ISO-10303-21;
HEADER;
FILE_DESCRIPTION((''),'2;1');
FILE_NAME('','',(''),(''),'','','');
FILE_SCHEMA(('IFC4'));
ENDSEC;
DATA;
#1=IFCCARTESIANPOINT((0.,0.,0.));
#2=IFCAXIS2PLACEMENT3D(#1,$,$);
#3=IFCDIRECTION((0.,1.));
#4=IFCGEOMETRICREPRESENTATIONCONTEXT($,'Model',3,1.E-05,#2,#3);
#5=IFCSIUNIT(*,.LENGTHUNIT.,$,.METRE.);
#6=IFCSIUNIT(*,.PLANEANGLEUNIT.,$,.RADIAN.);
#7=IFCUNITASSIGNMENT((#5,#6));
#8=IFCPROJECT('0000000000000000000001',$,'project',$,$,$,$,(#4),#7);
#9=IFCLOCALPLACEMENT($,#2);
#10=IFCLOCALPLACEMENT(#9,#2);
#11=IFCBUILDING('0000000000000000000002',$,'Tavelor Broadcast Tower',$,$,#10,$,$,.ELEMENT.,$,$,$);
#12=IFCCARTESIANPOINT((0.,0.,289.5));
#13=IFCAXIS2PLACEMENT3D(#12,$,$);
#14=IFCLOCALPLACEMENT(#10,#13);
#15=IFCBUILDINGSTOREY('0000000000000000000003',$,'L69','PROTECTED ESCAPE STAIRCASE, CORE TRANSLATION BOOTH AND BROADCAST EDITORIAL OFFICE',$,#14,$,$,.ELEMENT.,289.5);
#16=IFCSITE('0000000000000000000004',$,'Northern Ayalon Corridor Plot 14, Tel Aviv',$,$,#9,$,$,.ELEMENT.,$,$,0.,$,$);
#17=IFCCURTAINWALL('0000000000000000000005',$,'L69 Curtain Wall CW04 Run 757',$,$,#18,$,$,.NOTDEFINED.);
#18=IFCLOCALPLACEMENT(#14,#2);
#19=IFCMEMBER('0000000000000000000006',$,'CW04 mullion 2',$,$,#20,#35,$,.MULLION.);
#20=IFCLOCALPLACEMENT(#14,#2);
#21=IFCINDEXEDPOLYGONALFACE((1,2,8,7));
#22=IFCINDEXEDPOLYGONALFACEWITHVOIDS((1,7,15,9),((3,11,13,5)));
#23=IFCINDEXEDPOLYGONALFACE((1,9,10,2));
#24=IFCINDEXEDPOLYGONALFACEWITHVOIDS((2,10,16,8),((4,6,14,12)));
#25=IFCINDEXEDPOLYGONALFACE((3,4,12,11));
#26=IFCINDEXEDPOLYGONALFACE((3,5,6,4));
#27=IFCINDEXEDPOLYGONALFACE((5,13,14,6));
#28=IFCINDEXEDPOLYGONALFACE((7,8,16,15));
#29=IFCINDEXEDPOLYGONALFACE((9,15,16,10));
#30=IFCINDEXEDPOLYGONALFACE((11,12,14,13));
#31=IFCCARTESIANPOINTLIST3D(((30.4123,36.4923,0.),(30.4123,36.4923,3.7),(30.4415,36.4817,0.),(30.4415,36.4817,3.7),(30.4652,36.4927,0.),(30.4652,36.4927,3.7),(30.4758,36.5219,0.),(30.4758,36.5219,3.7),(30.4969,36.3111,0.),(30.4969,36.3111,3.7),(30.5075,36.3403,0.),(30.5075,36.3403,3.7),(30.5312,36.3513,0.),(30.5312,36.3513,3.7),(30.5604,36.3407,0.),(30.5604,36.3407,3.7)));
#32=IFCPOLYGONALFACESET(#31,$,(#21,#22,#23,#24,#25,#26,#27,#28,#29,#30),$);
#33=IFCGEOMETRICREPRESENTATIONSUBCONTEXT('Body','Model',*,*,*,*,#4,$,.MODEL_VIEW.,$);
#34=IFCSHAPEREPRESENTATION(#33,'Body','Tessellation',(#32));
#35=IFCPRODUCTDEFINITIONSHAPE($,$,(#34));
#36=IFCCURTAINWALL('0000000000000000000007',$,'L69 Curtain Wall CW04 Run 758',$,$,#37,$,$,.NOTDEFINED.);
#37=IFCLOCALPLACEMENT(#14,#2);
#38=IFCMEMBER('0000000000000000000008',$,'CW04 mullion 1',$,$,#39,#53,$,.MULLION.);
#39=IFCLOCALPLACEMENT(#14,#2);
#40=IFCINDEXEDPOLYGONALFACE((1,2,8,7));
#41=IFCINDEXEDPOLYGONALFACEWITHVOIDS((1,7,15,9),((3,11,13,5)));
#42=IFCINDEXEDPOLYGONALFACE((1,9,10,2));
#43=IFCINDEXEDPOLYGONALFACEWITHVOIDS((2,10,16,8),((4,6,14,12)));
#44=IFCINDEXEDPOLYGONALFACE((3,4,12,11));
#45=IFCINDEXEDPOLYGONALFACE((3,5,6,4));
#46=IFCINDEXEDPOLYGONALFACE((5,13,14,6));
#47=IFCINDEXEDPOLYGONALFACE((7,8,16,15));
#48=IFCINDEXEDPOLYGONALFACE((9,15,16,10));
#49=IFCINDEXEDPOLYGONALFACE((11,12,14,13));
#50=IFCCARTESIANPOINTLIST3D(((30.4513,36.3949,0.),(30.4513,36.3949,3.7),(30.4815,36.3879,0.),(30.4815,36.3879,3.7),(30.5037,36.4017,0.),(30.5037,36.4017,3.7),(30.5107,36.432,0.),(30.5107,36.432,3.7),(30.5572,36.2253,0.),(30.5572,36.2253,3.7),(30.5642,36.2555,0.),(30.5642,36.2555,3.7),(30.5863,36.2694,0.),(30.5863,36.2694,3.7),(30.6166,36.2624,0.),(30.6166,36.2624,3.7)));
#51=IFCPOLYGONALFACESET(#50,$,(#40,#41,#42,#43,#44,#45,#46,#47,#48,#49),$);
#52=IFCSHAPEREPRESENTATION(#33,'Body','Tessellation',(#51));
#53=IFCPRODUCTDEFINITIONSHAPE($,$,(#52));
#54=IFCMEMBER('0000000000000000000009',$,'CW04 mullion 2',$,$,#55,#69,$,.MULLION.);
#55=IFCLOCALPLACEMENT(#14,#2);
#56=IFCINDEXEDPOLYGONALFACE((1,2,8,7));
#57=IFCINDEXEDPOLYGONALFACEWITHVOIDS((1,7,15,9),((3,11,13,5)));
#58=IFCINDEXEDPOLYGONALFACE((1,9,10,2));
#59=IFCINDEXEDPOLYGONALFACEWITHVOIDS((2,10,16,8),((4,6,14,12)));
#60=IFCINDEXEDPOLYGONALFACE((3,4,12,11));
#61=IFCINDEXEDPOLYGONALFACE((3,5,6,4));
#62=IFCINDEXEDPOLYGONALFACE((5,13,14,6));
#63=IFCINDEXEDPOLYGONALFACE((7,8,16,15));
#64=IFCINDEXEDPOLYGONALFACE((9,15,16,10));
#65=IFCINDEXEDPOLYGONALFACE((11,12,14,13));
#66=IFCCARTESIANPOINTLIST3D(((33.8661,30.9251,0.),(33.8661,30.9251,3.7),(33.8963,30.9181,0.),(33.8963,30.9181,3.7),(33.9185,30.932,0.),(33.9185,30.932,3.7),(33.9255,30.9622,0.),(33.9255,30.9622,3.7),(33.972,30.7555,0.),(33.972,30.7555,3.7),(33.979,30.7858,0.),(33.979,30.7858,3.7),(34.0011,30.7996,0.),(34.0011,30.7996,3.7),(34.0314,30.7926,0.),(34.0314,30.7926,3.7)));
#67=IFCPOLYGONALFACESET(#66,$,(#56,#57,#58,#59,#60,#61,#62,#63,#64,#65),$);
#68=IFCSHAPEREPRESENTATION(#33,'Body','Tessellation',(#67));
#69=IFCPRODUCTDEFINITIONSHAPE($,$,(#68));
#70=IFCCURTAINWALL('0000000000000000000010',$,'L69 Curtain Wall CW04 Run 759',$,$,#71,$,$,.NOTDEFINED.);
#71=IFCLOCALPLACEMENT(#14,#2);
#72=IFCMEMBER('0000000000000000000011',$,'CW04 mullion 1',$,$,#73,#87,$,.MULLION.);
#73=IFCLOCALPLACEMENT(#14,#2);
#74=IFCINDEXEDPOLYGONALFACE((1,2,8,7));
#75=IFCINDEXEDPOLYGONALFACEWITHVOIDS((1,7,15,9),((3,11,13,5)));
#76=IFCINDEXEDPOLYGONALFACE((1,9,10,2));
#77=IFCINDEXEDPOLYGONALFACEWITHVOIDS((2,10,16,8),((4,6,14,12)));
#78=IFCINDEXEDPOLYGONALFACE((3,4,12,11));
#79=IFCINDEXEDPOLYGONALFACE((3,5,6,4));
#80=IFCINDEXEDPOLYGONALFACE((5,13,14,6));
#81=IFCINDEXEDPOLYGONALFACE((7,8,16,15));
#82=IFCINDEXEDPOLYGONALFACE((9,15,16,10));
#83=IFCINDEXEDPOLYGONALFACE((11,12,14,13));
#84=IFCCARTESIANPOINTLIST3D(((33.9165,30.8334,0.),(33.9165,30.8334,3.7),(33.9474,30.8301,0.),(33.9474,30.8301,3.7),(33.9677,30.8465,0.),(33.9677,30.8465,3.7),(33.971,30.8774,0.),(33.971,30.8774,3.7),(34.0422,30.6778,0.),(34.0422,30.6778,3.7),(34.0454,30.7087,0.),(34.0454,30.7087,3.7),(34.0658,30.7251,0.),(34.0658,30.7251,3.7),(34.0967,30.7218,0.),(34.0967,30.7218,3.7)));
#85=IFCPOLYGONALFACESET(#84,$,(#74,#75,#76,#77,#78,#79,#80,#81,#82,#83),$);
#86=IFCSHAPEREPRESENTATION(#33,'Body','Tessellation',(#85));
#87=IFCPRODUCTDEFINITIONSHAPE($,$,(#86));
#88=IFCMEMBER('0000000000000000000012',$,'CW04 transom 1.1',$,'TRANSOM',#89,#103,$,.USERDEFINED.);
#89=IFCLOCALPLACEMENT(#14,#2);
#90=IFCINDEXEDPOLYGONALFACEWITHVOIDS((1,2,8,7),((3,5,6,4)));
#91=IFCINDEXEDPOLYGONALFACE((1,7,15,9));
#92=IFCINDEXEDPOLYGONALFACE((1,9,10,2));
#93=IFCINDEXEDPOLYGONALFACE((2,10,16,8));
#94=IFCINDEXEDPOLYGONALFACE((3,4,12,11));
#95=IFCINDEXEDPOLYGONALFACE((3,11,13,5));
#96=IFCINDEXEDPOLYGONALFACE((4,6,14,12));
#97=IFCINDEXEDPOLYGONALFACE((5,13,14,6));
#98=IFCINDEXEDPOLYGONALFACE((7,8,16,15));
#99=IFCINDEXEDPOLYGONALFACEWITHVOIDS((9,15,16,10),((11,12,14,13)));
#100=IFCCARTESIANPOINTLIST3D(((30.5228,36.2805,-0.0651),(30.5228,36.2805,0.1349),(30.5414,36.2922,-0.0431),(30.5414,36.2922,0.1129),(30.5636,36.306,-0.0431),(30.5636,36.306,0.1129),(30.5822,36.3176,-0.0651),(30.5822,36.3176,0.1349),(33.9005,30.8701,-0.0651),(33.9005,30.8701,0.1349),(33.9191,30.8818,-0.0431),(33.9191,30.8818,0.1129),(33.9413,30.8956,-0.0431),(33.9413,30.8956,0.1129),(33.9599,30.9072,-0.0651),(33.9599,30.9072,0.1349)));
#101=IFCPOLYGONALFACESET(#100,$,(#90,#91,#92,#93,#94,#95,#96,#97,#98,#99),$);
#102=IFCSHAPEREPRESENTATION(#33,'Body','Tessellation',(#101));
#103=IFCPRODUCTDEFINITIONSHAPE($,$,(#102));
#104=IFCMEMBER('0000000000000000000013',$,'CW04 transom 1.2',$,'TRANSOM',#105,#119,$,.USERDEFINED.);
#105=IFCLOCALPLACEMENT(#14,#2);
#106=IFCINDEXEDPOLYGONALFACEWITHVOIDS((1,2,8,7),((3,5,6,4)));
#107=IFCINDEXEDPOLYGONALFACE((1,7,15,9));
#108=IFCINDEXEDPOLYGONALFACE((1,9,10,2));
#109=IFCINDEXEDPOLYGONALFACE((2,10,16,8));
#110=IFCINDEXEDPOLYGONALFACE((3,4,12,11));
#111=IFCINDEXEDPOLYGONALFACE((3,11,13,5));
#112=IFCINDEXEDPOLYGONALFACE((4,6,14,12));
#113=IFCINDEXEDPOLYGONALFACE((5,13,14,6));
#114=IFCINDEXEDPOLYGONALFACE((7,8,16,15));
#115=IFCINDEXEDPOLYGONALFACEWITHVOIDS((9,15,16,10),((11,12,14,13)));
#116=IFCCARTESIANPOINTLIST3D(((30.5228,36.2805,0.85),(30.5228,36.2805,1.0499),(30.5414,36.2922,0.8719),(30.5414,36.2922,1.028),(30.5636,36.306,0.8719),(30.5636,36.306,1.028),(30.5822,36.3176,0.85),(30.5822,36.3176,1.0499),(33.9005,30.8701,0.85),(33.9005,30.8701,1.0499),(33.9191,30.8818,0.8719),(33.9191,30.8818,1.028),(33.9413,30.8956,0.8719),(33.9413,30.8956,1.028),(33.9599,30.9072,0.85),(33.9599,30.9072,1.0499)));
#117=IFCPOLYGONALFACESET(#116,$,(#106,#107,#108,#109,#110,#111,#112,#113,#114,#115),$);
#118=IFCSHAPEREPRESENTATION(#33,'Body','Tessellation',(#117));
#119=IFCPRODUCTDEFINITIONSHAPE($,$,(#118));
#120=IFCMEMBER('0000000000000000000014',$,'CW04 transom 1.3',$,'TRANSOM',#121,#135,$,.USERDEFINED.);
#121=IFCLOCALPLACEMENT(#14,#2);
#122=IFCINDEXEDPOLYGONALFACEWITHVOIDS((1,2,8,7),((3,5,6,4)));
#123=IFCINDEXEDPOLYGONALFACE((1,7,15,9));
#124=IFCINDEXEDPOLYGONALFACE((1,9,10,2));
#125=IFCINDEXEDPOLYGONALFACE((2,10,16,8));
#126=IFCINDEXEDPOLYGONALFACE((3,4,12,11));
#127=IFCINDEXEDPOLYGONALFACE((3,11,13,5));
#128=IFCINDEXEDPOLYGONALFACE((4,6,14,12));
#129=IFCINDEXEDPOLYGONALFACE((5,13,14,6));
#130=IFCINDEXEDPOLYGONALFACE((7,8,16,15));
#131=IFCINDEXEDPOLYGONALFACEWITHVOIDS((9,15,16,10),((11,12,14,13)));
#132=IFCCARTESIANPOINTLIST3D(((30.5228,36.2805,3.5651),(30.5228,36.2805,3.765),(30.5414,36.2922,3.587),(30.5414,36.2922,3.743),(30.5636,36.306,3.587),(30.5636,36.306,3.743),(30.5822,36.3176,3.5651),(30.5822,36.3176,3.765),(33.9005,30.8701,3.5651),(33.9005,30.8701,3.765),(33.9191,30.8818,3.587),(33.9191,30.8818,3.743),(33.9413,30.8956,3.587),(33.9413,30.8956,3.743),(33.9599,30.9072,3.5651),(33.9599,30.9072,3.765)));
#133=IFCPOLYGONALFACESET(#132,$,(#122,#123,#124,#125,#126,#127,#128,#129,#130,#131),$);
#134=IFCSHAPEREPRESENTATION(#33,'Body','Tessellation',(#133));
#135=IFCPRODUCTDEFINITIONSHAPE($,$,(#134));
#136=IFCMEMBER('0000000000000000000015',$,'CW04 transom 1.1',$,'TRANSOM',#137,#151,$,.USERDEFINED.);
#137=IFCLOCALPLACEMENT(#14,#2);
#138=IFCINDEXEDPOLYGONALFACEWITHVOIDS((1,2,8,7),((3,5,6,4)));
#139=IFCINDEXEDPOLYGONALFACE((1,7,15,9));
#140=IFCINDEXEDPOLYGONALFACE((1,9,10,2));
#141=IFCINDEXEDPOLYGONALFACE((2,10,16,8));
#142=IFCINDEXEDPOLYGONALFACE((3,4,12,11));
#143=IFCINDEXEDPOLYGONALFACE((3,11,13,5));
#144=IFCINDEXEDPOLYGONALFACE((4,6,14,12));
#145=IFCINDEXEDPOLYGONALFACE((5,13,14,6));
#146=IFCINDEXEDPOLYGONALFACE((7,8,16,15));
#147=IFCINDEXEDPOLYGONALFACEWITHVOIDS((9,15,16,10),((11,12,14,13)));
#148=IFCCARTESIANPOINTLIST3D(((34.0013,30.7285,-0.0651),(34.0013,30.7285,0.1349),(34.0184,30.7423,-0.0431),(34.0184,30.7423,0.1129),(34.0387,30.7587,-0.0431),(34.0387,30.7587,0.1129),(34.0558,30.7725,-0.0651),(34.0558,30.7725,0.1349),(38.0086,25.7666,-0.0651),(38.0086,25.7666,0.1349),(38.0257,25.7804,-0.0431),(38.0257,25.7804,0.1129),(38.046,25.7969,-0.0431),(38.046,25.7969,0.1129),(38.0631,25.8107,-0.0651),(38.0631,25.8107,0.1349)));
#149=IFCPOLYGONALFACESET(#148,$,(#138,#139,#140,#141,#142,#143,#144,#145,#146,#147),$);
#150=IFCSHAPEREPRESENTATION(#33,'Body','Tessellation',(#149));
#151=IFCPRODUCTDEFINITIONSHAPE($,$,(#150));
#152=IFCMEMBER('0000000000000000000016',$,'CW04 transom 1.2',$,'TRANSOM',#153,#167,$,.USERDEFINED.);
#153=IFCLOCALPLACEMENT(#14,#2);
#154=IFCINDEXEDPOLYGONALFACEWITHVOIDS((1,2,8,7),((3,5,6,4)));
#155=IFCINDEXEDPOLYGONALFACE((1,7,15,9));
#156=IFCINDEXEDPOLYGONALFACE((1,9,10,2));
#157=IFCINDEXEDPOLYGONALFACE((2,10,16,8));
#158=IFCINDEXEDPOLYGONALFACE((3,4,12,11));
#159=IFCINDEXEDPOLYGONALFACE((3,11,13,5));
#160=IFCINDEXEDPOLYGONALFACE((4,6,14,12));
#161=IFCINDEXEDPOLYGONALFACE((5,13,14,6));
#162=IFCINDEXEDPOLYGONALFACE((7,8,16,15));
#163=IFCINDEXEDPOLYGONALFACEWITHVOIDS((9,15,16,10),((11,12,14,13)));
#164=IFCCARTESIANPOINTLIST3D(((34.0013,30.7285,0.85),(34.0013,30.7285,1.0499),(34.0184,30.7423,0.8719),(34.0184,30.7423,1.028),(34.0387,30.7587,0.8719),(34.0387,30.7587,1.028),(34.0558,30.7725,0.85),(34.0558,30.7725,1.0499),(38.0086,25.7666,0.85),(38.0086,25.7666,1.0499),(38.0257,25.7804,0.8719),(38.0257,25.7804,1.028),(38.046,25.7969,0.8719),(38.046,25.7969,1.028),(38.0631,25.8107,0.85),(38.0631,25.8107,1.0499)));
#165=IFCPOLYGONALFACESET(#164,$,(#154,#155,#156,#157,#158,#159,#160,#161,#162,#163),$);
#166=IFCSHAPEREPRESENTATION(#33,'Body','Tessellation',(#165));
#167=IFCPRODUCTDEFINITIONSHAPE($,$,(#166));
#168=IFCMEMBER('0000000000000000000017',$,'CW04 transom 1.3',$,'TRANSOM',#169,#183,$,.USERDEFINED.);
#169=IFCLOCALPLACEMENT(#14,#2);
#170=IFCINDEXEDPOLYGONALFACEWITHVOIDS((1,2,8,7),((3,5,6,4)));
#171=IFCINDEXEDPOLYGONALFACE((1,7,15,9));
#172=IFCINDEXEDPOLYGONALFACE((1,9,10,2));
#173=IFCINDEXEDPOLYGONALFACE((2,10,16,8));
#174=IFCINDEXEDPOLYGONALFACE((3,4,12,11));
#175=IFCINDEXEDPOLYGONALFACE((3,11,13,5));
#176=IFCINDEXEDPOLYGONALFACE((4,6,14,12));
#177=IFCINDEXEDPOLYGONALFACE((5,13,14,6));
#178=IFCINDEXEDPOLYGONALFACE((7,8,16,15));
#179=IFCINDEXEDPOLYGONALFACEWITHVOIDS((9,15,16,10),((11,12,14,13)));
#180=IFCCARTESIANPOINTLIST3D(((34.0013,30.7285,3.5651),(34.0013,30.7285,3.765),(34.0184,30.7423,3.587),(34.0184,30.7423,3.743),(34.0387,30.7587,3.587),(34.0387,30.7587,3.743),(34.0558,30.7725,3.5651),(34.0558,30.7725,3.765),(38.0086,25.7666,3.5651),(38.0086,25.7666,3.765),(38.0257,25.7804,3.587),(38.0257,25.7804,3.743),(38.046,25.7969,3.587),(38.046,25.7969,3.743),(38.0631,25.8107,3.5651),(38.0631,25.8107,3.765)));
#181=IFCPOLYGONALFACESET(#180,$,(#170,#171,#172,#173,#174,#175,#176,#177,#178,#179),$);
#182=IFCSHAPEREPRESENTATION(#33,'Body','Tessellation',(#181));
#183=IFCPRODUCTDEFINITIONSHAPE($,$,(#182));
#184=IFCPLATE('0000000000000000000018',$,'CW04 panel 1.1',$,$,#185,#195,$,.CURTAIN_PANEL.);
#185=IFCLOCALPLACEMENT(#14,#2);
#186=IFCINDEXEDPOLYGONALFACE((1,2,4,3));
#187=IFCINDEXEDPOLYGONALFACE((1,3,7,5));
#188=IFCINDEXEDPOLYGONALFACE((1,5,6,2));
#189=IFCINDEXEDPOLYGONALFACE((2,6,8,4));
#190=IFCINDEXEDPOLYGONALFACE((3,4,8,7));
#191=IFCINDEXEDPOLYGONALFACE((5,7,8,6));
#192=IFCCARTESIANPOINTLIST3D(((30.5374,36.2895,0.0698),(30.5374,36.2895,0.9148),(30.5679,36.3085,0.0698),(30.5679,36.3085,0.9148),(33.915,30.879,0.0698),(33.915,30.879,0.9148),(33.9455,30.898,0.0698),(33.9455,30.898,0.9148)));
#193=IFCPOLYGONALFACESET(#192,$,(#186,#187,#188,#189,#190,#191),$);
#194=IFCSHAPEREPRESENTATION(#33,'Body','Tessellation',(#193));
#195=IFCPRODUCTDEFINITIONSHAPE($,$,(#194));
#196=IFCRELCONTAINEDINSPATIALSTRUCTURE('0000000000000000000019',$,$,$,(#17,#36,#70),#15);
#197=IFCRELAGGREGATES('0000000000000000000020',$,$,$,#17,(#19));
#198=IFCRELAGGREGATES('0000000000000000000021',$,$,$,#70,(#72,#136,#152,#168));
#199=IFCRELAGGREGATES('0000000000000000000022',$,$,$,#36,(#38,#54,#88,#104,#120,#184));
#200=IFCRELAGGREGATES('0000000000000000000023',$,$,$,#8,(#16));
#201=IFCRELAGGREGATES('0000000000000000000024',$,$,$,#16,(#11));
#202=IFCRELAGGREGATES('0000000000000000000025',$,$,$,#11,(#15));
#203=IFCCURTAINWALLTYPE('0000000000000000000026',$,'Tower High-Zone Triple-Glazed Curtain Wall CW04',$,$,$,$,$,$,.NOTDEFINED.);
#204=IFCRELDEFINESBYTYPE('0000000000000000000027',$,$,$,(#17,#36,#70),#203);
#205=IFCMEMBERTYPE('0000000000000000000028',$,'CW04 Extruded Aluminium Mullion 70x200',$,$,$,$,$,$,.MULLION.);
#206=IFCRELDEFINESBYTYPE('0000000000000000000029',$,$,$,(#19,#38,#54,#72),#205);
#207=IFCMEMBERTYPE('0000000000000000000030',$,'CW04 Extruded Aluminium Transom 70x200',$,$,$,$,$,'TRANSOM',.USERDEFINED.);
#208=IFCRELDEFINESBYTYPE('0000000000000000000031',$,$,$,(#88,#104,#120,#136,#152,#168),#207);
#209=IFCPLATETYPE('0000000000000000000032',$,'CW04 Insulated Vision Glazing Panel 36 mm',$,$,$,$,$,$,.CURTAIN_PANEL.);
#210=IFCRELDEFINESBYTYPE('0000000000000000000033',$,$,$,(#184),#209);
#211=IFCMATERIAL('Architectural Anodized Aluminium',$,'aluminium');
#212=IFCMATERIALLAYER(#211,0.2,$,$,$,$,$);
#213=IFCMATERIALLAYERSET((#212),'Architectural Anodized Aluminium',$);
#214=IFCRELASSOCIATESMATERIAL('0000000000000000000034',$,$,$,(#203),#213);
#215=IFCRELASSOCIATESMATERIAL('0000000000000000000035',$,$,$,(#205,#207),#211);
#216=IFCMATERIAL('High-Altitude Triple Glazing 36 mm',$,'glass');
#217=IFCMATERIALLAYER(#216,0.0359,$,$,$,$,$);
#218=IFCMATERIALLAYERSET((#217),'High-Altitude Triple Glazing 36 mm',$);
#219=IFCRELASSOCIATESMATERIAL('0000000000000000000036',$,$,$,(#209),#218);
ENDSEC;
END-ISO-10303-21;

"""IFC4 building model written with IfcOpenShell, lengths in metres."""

from ifc_helpers import new_model, si_unit, direction, frame, origin, origin_2d, place, context, subcontext, project, spatial, rectangle, hollow_rectangle, extrude, source, transform, mapped, material, layer, layer_set, material_profile, profile_set, type_object, type_shapes, element, aggregate, save


model = new_model("IFC4")

# Units and contexts
model_context = context("Model", 3, precision=1e-05, world=origin(), true_north=direction((0.0, 1.0)))
body_context = subcontext(model_context, "Body", "Model", "MODEL_VIEW")
ifc_project = project(units=[si_unit("LENGTHUNIT", "METRE"), si_unit("PLANEANGLEUNIT", "RADIAN")], contexts=[model_context])

# Site, building, storey
site_placement = place(None, origin())
site = spatial("IfcSite", under=ifc_project, at=site_placement, Name="Northern Ayalon Corridor Plot 14, Tel Aviv", CompositionType="ELEMENT", RefElevation=0.0)
building_placement = place(site_placement, origin())
building = spatial("IfcBuilding", under=site, at=building_placement, Name="Tavelor Broadcast Tower", CompositionType="ELEMENT")
storey_placement = place(building_placement, frame((0.0, 0.0, 289.5)))
storey = spatial("IfcBuildingStorey", under=building, at=storey_placement, Name="L69", Description="PROTECTED ESCAPE STAIRCASE, CORE TRANSLATION BOOTH AND BROADCAST EDITORIAL OFFICE", CompositionType="ELEMENT", Elevation=289.5)

# Curtain wall, member
ifc_material_1 = material(Name="Architectural Anodized Aluminium", Category="aluminium")
ifc_layer_1 = layer(ifc_material_1, 0.2)
ifc_layer_set_1 = layer_set([ifc_layer_1], Name="Architectural Anodized Aluminium")
curtain_wall_type = type_object("IfcCurtainWallType", Name="Tower High-Zone Triple-Glazed Curtain Wall CW04", PredefinedType="NOTDEFINED", material=ifc_layer_set_1)
curtain_wall_1_placement = place(storey_placement, origin())
curtain_wall_1 = element("IfcCurtainWall", 1, at=curtain_wall_1_placement, inside=storey, type_object=curtain_wall_type, Name="L69 Curtain Wall CW04 Run 757", PredefinedType="NOTDEFINED")
ifc_material_profile_1 = material_profile(ifc_material_1, hollow_rectangle(XDim=0.0701, YDim=0.2, WallThickness=0.022, at=origin_2d()), Name="RHS 70x200x22")
ifc_profile_set_1 = profile_set([ifc_material_profile_1], Name="Architectural Anodized Aluminium")
member_type_1 = type_object("IfcMemberType", Name="CW04 Extruded Aluminium Mullion 70x200", PredefinedType="MULLION", material=ifc_profile_set_1)
shared_shape_1 = source(origin(), body_context, "Body", "SweptSolid", [
    extrude(hollow_rectangle(XDim=0.0701, YDim=0.2, WallThickness=0.022, at=origin_2d()), origin(), (0.0, 0.0, 1.0), 3.7),
])
type_shapes(member_type_1, [shared_shape_1])
member_1_placement = place(storey_placement, frame((30.4863, 36.4165, 0.0), z_axis=(0.0, 0.0, 1.0), x_axis=(0.906129, 0.423002, 0.0)))
member_1 = element("IfcMember", 2, at=member_1_placement, type_object=member_type_1, Name="CW04 mullion 2", PredefinedType="MULLION", context=body_context, shape_type="MappedRepresentation", body=[
    mapped(shared_shape_1, transform((0.0, 0.0, 0.0), scale=1.0)),
])
aggregate(curtain_wall_1, [member_1])

# Curtain wall, members
curtain_wall_2_placement = place(storey_placement, origin())
curtain_wall_2 = element("IfcCurtainWall", 3, at=curtain_wall_2_placement, inside=storey, type_object=curtain_wall_type, Name="L69 Curtain Wall CW04 Run 758", PredefinedType="NOTDEFINED")
member_2_placement = place(storey_placement, frame((30.5339, 36.3286, 0.0), z_axis=(0.0, 0.0, 1.0), x_axis=(0.848273, 0.529559, 0.0)))
member_2 = element("IfcMember", 4, at=member_2_placement, type_object=member_type_1, Name="CW04 mullion 1", PredefinedType="MULLION", context=body_context, shape_type="MappedRepresentation", body=[
    mapped(shared_shape_1, transform((0.0, 0.0, 0.0), scale=1.0)),
])
member_3_placement = place(storey_placement, frame((33.9487, 30.8589, 0.0), z_axis=(0.0, 0.0, 1.0), x_axis=(0.848273, 0.529559, 0.0)))
member_3 = element("IfcMember", 5, at=member_3_placement, type_object=member_type_1, Name="CW04 mullion 2", PredefinedType="MULLION", context=body_context, shape_type="MappedRepresentation", body=[
    mapped(shared_shape_1, transform((0.0, 0.0, 0.0), scale=1.0)),
])

# Curtain wall, member
curtain_wall_3_placement = place(storey_placement, origin())
curtain_wall_3 = element("IfcCurtainWall", 6, at=curtain_wall_3_placement, inside=storey, type_object=curtain_wall_type, Name="L69 Curtain Wall CW04 Run 759", PredefinedType="NOTDEFINED")
member_4_placement = place(storey_placement, frame((34.0066, 30.7776, 0.0), z_axis=(0.0, 0.0, 1.0), x_axis=(0.777973, 0.628297, 0.0)))
member_4 = element("IfcMember", 7, at=member_4_placement, type_object=member_type_1, Name="CW04 mullion 1", PredefinedType="MULLION", context=body_context, shape_type="MappedRepresentation", body=[
    mapped(shared_shape_1, transform((0.0, 0.0, 0.0), scale=1.0)),
])

# Members
ifc_material_profile_2 = material_profile(ifc_material_1, hollow_rectangle(XDim=0.0701, YDim=0.2, WallThickness=0.022, at=origin_2d()), Name="RHS 70x200x22")
ifc_profile_set_2 = profile_set([ifc_material_profile_2], Name="Architectural Anodized Aluminium")
member_type_2 = type_object("IfcMemberType", Name="CW04 Extruded Aluminium Transom 70x200", ElementType="TRANSOM", PredefinedType="USERDEFINED", material=ifc_profile_set_2)
shared_shape_2 = source(origin(), body_context, "Body", "SweptSolid", [
    extrude(hollow_rectangle(XDim=0.0701, YDim=0.2, WallThickness=0.022, at=origin_2d()), origin(), (0.0, 0.0, 1.0), 6.3782),
])
member_5_placement = place(storey_placement, frame((30.5525, 36.2991, 0.0349), z_axis=(0.529569, -0.848267, 0.0), x_axis=(0.848267, 0.529569, 0.0)))
member_5 = element("IfcMember", 8, at=member_5_placement, type_object=member_type_2, Name="CW04 transom 1.1", ObjectType="TRANSOM", PredefinedType="USERDEFINED", context=body_context, shape_type="MappedRepresentation", body=[
    mapped(shared_shape_2, transform((0.0, 0.0, 0.0), scale=1.0)),
])
member_6_placement = place(storey_placement, frame((30.5525, 36.2991, 0.95), z_axis=(0.529569, -0.848267, 0.0), x_axis=(0.848267, 0.529569, 0.0)))
member_6 = element("IfcMember", 9, at=member_6_placement, type_object=member_type_2, Name="CW04 transom 1.2", ObjectType="TRANSOM", PredefinedType="USERDEFINED", context=body_context, shape_type="MappedRepresentation", body=[
    mapped(shared_shape_2, transform((0.0, 0.0, 0.0), scale=1.0)),
])
member_7_placement = place(storey_placement, frame((30.5525, 36.2991, 3.665), z_axis=(0.529569, -0.848267, 0.0), x_axis=(0.848267, 0.529569, 0.0)))
member_7 = element("IfcMember", 10, at=member_7_placement, type_object=member_type_2, Name="CW04 transom 1.3", ObjectType="TRANSOM", PredefinedType="USERDEFINED", context=body_context, shape_type="MappedRepresentation", body=[
    mapped(shared_shape_2, transform((0.0, 0.0, 0.0), scale=1.0)),
])
shared_shape_3 = source(origin(), body_context, "Body", "SweptSolid", [
    extrude(hollow_rectangle(XDim=0.0701, YDim=0.2, WallThickness=0.022, at=origin_2d()), origin(), (0.0, 0.0, 1.0), 6.3779),
])
type_shapes(member_type_2, [shared_shape_2, shared_shape_3])
member_8_placement = place(storey_placement, frame((34.0286, 30.7505, 0.0349), z_axis=(0.628301, -0.77797, 0.0), x_axis=(0.77797, 0.628301, 0.0)))
member_8 = element("IfcMember", 11, at=member_8_placement, type_object=member_type_2, Name="CW04 transom 1.1", ObjectType="TRANSOM", PredefinedType="USERDEFINED", context=body_context, shape_type="MappedRepresentation", body=[
    mapped(shared_shape_3, transform((0.0, 0.0, 0.0), scale=1.0)),
])
member_9_placement = place(storey_placement, frame((34.0286, 30.7505, 0.95), z_axis=(0.628301, -0.77797, 0.0), x_axis=(0.77797, 0.628301, 0.0)))
member_9 = element("IfcMember", 12, at=member_9_placement, type_object=member_type_2, Name="CW04 transom 1.2", ObjectType="TRANSOM", PredefinedType="USERDEFINED", context=body_context, shape_type="MappedRepresentation", body=[
    mapped(shared_shape_3, transform((0.0, 0.0, 0.0), scale=1.0)),
])
member_10_placement = place(storey_placement, frame((34.0286, 30.7505, 3.665), z_axis=(0.628301, -0.77797, 0.0), x_axis=(0.77797, 0.628301, 0.0)))
member_10 = element("IfcMember", 13, at=member_10_placement, type_object=member_type_2, Name="CW04 transom 1.3", ObjectType="TRANSOM", PredefinedType="USERDEFINED", context=body_context, shape_type="MappedRepresentation", body=[
    mapped(shared_shape_3, transform((0.0, 0.0, 0.0), scale=1.0)),
])
aggregate(curtain_wall_3, [member_4, member_8, member_9, member_10])

# Plate
ifc_material_2 = material(Name="High-Altitude Triple Glazing 36 mm", Category="glass")
ifc_layer_2 = layer(ifc_material_2, 0.0359)
ifc_layer_set_2 = layer_set([ifc_layer_2], Name="High-Altitude Triple Glazing 36 mm")
plate_type = type_object("IfcPlateType", Name="CW04 Insulated Vision Glazing Panel 36 mm", PredefinedType="CURTAIN_PANEL", material=ifc_layer_set_2)
shared_shape_4 = source(origin(), body_context, "Body", "SweptSolid", [
    extrude(rectangle(XDim=6.3782, YDim=0.0359, at=origin_2d()), origin(), (0.0, 0.0, 1.0), 0.845),
])
plate_1_placement = place(storey_placement, frame((32.2415, 33.5938, 0.0698), z_axis=(0.0, 0.0, 1.0), x_axis=(0.529559, -0.848273, 0.0)))
plate_1 = element("IfcPlate", 14, at=plate_1_placement, type_object=plate_type, Name="CW04 panel 1.1", PredefinedType="CURTAIN_PANEL", context=body_context, shape_type="MappedRepresentation", body=[
    mapped(shared_shape_4, transform((0.0, 0.0, 0.0), scale=1.0)),
])
aggregate(curtain_wall_2, [member_2, member_3, member_5, member_6, member_7, plate_1])

save(model, "model.ifc")
